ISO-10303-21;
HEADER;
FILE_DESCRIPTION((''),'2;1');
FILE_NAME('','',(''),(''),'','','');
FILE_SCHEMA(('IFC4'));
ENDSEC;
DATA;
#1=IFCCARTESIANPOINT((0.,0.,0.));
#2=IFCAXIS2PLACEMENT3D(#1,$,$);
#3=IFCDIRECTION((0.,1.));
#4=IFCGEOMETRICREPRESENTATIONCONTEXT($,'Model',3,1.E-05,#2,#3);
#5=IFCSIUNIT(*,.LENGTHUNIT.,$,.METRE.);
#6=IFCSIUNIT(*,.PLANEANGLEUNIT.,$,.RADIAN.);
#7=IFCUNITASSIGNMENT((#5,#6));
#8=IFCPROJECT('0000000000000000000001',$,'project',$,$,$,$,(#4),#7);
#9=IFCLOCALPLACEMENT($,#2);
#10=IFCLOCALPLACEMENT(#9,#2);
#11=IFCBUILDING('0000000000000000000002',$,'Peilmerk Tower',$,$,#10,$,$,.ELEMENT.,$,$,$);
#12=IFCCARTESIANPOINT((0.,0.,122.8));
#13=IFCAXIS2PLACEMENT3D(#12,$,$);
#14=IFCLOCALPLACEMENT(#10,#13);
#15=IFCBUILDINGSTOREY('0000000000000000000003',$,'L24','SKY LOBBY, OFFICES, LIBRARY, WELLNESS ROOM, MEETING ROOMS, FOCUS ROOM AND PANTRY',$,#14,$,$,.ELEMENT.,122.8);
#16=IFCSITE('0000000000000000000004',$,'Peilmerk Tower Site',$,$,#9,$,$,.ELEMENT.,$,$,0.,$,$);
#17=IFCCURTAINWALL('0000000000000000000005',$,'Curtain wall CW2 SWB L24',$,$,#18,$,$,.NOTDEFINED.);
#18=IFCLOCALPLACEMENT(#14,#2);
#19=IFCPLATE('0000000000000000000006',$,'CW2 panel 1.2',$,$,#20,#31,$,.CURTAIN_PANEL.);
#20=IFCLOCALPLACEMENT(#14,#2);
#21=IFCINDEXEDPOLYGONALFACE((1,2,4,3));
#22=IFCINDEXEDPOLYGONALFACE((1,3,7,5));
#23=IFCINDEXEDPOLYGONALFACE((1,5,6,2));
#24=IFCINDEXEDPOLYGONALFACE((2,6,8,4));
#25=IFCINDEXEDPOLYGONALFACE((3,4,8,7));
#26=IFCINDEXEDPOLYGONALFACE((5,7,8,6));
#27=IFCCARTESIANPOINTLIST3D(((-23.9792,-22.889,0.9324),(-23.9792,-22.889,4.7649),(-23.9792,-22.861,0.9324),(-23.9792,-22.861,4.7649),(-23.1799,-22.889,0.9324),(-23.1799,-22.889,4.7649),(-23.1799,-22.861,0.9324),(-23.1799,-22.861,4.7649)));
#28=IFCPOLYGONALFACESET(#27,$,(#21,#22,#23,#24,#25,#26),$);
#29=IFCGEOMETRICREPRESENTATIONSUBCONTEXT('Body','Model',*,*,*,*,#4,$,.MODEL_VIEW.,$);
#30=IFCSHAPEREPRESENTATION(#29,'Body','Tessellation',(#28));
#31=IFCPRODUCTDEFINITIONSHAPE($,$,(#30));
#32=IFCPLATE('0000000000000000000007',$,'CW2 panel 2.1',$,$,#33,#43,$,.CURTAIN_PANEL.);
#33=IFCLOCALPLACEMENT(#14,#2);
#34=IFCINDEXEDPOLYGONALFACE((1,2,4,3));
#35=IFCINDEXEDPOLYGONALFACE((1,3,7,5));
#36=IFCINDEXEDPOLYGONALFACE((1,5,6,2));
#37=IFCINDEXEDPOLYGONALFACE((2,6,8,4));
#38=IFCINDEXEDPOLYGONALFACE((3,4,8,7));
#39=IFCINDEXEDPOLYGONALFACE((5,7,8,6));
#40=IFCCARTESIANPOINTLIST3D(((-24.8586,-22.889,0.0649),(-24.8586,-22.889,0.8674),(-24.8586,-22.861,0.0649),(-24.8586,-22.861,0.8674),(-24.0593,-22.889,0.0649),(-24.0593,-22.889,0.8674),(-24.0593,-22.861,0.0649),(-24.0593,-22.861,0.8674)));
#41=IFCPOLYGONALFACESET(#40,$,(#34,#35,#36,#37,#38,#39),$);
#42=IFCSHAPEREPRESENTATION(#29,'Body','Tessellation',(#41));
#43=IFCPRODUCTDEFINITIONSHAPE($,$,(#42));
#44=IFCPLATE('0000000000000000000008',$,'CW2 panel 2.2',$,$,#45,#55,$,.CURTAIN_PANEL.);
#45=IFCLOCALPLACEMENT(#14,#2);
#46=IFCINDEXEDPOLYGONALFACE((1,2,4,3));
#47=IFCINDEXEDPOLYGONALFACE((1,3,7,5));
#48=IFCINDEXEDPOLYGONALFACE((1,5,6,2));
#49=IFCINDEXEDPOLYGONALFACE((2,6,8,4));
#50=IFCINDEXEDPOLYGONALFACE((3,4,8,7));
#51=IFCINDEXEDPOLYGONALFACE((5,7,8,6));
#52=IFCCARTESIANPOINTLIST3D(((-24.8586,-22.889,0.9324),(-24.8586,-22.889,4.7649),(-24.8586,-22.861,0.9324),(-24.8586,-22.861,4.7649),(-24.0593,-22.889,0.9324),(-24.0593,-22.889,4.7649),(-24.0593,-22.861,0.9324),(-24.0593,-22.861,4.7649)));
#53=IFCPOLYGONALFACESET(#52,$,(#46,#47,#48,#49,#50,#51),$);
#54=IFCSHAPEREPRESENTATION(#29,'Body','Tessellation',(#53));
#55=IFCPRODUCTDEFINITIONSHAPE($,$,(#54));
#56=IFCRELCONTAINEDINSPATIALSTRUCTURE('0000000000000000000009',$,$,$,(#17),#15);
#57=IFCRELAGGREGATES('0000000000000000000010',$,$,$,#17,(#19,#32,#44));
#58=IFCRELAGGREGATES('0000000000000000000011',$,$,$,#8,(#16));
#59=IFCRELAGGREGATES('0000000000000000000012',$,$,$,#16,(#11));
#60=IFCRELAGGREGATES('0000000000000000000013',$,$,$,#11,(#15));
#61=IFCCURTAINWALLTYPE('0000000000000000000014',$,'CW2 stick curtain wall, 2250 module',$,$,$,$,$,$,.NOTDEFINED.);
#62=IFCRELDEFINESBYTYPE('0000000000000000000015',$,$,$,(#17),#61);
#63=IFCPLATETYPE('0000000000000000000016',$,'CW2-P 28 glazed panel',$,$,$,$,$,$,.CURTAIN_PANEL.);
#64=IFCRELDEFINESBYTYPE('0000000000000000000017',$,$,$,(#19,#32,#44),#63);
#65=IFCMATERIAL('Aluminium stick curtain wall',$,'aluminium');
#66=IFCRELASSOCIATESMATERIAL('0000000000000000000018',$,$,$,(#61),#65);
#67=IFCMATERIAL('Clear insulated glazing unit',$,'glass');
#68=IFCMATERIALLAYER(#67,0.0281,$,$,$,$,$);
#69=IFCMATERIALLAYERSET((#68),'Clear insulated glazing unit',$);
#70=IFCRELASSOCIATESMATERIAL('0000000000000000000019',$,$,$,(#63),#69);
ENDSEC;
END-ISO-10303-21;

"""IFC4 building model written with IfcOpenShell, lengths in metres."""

from ifc_helpers import new_model, si_unit, direction, frame, origin, origin_2d, place, context, subcontext, project, spatial, rectangle, extrude, material, layer, layer_set, type_object, element, aggregate, save


model = new_model("IFC4")

# Units and contexts
model_context = context("Model", 3, precision=1e-05, world=origin(), true_north=direction((0.0, 1.0)))
body_context = subcontext(model_context, "Body", "Model", "MODEL_VIEW")
ifc_project = project(units=[si_unit("LENGTHUNIT", "METRE"), si_unit("PLANEANGLEUNIT", "RADIAN")], contexts=[model_context])

# Site, building, storey
site_placement = place(None, origin())
site = spatial("IfcSite", under=ifc_project, at=site_placement, Name="Peilmerk Tower Site", CompositionType="ELEMENT", RefElevation=0.0)
building_placement = place(site_placement, origin())
building = spatial("IfcBuilding", under=site, at=building_placement, Name="Peilmerk Tower", CompositionType="ELEMENT")
storey_placement = place(building_placement, frame((0.0, 0.0, 122.8)))
storey = spatial("IfcBuildingStorey", under=building, at=storey_placement, Name="L24", Description="SKY LOBBY, OFFICES, LIBRARY, WELLNESS ROOM, MEETING ROOMS, FOCUS ROOM AND PANTRY", CompositionType="ELEMENT", Elevation=122.8)

# Curtain wall, plates
ifc_material_1 = material(Name="Aluminium stick curtain wall", Category="aluminium")
curtain_wall_type = type_object("IfcCurtainWallType", Name="CW2 stick curtain wall, 2250 module", PredefinedType="NOTDEFINED", material=ifc_material_1)
curtain_wall_placement = place(storey_placement, origin())
curtain_wall = element("IfcCurtainWall", 1, at=curtain_wall_placement, inside=storey, type_object=curtain_wall_type, Name="Curtain wall CW2 SWB L24", PredefinedType="NOTDEFINED")
ifc_material_2 = material(Name="Clear insulated glazing unit", Category="glass")
ifc_layer = layer(ifc_material_2, 0.0281)
ifc_layer_set = layer_set([ifc_layer], Name="Clear insulated glazing unit")
plate_type = type_object("IfcPlateType", Name="CW2-P 28 glazed panel", PredefinedType="CURTAIN_PANEL", material=ifc_layer_set)
plate_1_placement = place(storey_placement, frame((-23.5796, -22.875, 0.9324), z_axis=(0.0, 0.0, 1.0), x_axis=(-1.0, 0.0, 0.0)))
plate_1 = element("IfcPlate", 2, at=plate_1_placement, type_object=plate_type, Name="CW2 panel 1.2", PredefinedType="CURTAIN_PANEL", context=body_context, shape_type="SweptSolid", body=[
    extrude(rectangle(XDim=0.7993, YDim=0.0281, at=origin_2d()), origin(), (0.0, 0.0, 1.0), 3.8325),
])
plate_2_placement = place(storey_placement, frame((-24.459, -22.875, 0.0649), z_axis=(0.0, 0.0, 1.0), x_axis=(-1.0, 0.0, 0.0)))
plate_2 = element("IfcPlate", 3, at=plate_2_placement, type_object=plate_type, Name="CW2 panel 2.1", PredefinedType="CURTAIN_PANEL", context=body_context, shape_type="SweptSolid", body=[
    extrude(rectangle(XDim=0.7993, YDim=0.0281, at=origin_2d()), origin(), (0.0, 0.0, 1.0), 0.8025),
])
plate_3_placement = place(storey_placement, frame((-24.459, -22.875, 0.9324), z_axis=(0.0, 0.0, 1.0), x_axis=(-1.0, 0.0, 0.0)))
plate_3 = element("IfcPlate", 4, at=plate_3_placement, type_object=plate_type, Name="CW2 panel 2.2", PredefinedType="CURTAIN_PANEL", context=body_context, shape_type="SweptSolid", body=[
    extrude(rectangle(XDim=0.7993, YDim=0.0281, at=origin_2d()), origin(), (0.0, 0.0, 1.0), 3.8325),
])
aggregate(curtain_wall, [plate_1, plate_2, plate_3])

save(model, "model.ifc")
